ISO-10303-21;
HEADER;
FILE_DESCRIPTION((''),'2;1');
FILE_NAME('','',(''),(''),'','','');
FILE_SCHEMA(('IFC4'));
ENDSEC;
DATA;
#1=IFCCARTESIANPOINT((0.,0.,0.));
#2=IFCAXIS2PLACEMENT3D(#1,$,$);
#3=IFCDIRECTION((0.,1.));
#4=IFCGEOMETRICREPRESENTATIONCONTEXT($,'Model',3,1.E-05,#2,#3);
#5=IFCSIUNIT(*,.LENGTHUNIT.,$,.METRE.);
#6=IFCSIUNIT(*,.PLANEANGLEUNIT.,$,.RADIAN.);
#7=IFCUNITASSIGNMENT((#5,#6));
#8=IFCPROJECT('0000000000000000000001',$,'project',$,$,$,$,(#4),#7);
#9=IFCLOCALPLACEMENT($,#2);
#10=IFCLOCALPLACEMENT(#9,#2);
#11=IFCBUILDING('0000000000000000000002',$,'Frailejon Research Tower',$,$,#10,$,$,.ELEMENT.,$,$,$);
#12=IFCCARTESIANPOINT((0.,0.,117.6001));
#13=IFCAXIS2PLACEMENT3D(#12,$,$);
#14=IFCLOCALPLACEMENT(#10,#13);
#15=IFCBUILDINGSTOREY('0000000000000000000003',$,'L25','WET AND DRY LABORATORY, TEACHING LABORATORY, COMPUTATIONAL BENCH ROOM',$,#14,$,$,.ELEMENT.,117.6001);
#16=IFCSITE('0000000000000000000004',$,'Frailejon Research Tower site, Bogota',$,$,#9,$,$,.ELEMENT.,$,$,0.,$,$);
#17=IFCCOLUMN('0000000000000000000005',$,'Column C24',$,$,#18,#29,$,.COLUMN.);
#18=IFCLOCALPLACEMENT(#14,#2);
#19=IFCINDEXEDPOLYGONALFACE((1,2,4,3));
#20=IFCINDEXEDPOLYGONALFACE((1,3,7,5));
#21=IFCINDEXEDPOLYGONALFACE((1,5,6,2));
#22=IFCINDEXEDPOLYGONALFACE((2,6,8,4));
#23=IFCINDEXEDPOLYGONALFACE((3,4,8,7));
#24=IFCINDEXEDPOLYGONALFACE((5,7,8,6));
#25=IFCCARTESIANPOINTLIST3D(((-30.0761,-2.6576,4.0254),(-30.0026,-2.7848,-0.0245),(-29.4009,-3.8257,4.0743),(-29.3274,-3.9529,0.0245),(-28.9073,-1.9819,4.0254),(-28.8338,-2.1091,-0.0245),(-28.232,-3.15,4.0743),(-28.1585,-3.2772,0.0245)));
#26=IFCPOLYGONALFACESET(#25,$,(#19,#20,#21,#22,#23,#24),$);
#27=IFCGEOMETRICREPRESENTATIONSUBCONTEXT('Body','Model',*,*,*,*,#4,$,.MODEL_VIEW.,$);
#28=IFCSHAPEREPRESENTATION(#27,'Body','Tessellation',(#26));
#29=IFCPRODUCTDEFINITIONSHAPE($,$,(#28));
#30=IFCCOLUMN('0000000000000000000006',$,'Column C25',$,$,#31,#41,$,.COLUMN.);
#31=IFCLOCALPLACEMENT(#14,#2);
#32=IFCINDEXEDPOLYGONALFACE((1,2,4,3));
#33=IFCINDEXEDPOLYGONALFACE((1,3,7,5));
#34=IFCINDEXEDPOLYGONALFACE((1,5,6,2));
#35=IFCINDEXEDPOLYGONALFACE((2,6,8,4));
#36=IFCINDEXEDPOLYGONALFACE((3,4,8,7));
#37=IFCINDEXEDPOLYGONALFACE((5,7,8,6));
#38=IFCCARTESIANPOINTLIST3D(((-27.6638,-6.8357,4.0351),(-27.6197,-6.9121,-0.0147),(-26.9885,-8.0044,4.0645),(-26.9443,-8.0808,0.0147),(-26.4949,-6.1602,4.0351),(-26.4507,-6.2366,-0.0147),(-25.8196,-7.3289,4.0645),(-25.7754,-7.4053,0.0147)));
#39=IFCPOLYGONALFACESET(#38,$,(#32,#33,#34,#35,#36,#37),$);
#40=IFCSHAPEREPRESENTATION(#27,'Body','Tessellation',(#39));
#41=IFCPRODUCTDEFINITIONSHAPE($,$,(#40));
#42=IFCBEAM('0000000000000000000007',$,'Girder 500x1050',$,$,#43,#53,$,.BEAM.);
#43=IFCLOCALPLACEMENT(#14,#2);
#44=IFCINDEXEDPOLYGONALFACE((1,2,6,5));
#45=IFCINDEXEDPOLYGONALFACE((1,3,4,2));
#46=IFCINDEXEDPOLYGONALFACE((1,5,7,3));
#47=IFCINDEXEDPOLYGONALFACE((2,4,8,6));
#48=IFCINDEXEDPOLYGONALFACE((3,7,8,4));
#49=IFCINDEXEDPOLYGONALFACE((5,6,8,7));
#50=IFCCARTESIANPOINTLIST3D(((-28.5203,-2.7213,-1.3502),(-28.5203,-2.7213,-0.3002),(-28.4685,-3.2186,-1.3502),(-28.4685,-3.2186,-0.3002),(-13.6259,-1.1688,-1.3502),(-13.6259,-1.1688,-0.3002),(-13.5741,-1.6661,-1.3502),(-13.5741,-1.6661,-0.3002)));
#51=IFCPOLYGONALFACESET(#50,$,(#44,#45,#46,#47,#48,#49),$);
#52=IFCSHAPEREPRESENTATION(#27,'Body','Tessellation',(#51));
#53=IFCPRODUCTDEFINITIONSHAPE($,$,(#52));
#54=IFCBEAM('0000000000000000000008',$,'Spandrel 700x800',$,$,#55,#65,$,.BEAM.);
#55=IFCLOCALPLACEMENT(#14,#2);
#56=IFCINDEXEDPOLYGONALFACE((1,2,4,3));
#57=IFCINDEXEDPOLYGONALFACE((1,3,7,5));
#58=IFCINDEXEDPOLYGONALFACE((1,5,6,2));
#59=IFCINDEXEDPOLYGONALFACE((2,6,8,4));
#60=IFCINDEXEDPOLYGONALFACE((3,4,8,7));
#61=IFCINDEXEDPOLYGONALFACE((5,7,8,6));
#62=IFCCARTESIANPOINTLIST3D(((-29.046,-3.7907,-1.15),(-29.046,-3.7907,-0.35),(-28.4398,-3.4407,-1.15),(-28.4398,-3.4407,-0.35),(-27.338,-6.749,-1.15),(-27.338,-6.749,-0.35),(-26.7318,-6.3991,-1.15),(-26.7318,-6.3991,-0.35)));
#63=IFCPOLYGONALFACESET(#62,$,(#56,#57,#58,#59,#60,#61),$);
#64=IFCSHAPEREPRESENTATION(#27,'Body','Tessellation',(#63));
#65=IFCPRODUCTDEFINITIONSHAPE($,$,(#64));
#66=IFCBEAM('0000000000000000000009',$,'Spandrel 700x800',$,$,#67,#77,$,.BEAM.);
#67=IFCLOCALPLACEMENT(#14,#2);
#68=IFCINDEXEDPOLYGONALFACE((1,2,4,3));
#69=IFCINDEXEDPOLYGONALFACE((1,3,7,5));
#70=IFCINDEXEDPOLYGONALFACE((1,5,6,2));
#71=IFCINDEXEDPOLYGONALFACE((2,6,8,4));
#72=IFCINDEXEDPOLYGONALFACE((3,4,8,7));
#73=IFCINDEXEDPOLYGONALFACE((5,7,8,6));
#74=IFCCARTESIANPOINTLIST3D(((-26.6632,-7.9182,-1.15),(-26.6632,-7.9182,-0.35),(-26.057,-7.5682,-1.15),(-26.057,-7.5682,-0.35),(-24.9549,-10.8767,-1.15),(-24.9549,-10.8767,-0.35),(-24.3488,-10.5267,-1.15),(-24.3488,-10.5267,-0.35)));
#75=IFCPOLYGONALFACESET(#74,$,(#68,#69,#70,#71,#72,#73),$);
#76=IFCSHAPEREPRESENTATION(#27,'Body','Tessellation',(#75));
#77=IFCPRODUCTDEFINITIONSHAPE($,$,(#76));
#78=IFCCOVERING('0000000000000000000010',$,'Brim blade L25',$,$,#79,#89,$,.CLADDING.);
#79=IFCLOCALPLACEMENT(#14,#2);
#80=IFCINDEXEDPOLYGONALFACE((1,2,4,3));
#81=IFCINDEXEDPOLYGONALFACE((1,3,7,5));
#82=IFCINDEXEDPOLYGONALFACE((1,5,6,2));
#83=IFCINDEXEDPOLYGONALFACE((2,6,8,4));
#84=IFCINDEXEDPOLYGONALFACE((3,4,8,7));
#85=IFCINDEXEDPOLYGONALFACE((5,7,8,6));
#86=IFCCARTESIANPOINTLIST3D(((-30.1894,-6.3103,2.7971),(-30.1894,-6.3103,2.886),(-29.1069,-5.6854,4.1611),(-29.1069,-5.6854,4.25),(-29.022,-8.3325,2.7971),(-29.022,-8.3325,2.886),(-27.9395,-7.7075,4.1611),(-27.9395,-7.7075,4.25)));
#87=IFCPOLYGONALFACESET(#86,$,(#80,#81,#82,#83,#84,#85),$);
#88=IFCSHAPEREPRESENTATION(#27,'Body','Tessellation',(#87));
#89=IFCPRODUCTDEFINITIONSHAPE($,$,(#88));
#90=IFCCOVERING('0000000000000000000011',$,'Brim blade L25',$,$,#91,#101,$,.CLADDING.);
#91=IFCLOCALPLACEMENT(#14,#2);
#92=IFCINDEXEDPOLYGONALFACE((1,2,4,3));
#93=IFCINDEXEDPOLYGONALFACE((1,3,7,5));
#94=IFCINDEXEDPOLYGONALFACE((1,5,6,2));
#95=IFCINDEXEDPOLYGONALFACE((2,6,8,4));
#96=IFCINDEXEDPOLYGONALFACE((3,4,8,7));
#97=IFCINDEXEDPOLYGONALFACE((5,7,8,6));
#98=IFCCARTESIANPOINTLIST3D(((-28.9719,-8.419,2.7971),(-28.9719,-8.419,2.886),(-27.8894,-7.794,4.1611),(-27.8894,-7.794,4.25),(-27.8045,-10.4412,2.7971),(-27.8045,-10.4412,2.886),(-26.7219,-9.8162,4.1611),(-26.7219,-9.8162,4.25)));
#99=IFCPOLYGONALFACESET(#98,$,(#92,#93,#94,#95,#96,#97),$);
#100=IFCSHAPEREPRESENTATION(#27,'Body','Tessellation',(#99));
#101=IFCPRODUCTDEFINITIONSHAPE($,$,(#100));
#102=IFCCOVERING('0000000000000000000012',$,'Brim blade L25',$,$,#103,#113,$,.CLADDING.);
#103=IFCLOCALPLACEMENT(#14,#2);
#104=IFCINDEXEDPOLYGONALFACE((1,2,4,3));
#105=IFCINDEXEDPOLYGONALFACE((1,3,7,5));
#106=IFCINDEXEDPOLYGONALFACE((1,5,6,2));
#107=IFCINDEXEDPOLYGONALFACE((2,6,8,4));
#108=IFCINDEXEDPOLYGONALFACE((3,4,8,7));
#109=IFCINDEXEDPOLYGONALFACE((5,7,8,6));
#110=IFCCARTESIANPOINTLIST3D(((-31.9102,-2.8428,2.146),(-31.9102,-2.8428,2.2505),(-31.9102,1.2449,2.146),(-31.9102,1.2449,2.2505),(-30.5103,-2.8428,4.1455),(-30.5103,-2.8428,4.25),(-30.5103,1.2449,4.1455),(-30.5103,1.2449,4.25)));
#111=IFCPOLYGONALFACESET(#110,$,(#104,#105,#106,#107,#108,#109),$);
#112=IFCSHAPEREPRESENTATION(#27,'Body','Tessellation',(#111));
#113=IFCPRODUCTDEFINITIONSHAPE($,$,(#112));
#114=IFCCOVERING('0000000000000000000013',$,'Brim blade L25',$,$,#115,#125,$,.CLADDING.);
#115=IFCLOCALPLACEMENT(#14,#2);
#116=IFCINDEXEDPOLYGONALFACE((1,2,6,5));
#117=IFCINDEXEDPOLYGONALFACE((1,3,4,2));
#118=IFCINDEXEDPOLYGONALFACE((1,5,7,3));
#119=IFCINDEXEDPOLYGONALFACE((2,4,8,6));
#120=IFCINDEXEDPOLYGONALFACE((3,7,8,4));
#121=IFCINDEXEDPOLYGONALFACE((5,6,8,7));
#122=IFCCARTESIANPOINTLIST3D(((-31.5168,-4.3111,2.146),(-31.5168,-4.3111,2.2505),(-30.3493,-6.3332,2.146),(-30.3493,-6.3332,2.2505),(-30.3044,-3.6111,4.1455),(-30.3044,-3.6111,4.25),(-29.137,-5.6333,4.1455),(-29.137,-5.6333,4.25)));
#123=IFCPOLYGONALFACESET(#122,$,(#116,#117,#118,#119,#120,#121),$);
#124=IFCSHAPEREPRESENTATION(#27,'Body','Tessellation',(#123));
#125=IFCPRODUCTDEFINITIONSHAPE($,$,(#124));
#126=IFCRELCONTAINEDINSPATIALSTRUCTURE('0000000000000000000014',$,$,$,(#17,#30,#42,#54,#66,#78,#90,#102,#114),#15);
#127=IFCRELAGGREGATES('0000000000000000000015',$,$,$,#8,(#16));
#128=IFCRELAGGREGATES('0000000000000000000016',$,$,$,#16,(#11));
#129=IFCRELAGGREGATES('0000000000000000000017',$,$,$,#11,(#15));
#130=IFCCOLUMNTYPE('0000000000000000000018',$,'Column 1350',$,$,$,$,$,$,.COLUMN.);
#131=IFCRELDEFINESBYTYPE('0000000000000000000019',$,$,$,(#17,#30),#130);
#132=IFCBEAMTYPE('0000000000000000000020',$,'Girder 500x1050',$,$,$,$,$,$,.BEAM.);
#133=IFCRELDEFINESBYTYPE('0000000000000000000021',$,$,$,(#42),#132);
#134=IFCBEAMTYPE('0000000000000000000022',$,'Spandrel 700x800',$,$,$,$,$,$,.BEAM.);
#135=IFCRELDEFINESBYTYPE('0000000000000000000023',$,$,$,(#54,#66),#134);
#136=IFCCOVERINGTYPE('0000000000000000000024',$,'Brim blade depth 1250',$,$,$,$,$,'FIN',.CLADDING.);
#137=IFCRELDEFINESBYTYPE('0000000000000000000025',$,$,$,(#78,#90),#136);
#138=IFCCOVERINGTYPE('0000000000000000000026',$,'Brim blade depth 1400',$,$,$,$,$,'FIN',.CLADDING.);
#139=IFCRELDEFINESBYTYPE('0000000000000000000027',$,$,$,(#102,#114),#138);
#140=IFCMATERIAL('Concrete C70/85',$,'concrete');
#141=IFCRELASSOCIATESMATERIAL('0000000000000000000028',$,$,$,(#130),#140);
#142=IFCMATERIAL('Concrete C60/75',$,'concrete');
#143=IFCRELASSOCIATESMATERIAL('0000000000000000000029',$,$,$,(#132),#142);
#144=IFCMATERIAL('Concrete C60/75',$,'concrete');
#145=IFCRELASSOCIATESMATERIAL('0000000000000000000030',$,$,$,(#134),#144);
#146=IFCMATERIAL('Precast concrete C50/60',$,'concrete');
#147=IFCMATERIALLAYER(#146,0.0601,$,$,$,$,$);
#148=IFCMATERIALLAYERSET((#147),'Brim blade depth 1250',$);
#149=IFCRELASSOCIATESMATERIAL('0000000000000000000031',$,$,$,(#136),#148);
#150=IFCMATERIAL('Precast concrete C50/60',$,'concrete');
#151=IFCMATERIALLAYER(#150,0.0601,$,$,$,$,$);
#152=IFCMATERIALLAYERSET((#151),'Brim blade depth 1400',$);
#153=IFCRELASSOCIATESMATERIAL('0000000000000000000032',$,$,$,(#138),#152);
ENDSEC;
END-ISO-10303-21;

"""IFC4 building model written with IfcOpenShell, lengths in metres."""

from ifc_helpers import new_model, si_unit, direction, frame, origin, origin_2d, place, context, subcontext, project, spatial, polyline, rectangle, outline, extrude, material, layer, layer_set, material_profile, profile_set, type_object, element, save


model = new_model("IFC4")

# Units and contexts
model_context = context("Model", 3, precision=1e-05, world=origin(), true_north=direction((0.0, 1.0)))
body_context = subcontext(model_context, "Body", "Model", "MODEL_VIEW")
ifc_project = project(units=[si_unit("LENGTHUNIT", "METRE"), si_unit("PLANEANGLEUNIT", "RADIAN")], contexts=[model_context])

# Site, building, storey
site_placement = place(None, origin())
site = spatial("IfcSite", under=ifc_project, at=site_placement, Name="Frailejon Research Tower site, Bogota", CompositionType="ELEMENT", RefElevation=0.0)
building_placement = place(site_placement, origin())
building = spatial("IfcBuilding", under=site, at=building_placement, Name="Frailejon Research Tower", CompositionType="ELEMENT")
storey_placement = place(building_placement, frame((0.0, 0.0, 117.6001)))
storey = spatial("IfcBuildingStorey", under=building, at=storey_placement, Name="L25", Description="WET AND DRY LABORATORY, TEACHING LABORATORY, COMPUTATIONAL BENCH ROOM", CompositionType="ELEMENT", Elevation=117.6001)

# Columns
ifc_material_1 = material(Name="Concrete C70/85", Category="concrete")
ifc_material_profile_1 = material_profile(ifc_material_1, rectangle(XDim=1.3501, YDim=1.3501, at=origin_2d()), Name="Column 1350")
ifc_profile_set_1 = profile_set([ifc_material_profile_1], Name="Concrete C70/85")
column_type = type_object("IfcColumnType", Name="Column 1350", PredefinedType="COLUMN", material=ifc_profile_set_1)
column_1_placement = place(storey_placement, frame((-29.0806, -3.031, 0.0), z_axis=(-0.018134, 0.031388, 0.999343), x_axis=(0.500145, -0.865183, 0.036249)))
element("IfcColumn", 1, at=column_1_placement, inside=storey, type_object=column_type, Name="Column C24", PredefinedType="COLUMN", context=body_context, shape_type="SweptSolid", body=[
    extrude(rectangle(XDim=1.3501, YDim=1.3501, at=origin_2d()), origin(), (0.0, 0.0, 1.0), 4.0525),
])
column_2_placement = place(storey_placement, frame((-26.6975, -7.1587, 0.0), z_axis=(-0.010909, 0.018865, 0.999763), x_axis=(0.500187, -0.865643, 0.021792)))
element("IfcColumn", 2, at=column_2_placement, inside=storey, type_object=column_type, Name="Column C25", PredefinedType="COLUMN", context=body_context, shape_type="SweptSolid", body=[
    extrude(rectangle(XDim=1.3501, YDim=1.3501, at=origin_2d()), origin(), (0.0, 0.0, 1.0), 4.0508),
])

# Beams
ifc_material_2 = material(Name="Concrete C60/75", Category="concrete")
ifc_material_profile_2 = material_profile(ifc_material_2, rectangle(XDim=0.5, YDim=1.05, at=origin_2d()), Name="Girder 500x1050")
ifc_profile_set_2 = profile_set([ifc_material_profile_2], Name="Concrete C60/75")
beam_type_1 = type_object("IfcBeamType", Name="Girder 500x1050", PredefinedType="BEAM", material=ifc_profile_set_2)
beam_1_placement = place(storey_placement, frame((-28.4944, -2.97, -0.8252), z_axis=(0.994612, 0.103672, 0.0), x_axis=(-0.103672, 0.994612, 0.0)))
element("IfcBeam", 3, at=beam_1_placement, inside=storey, type_object=beam_type_1, Name="Girder 500x1050", PredefinedType="BEAM", context=body_context, shape_type="SweptSolid", body=[
    extrude(rectangle(XDim=0.5, YDim=1.05, at=origin_2d()), origin(), (0.0, 0.0, 1.0), 14.9751),
])
ifc_material_3 = material(Name="Concrete C60/75", Category="concrete")
ifc_material_profile_3 = material_profile(ifc_material_3, rectangle(XDim=0.7, YDim=0.8, at=origin_2d()), Name="Spandrel 700x800")
ifc_profile_set_3 = profile_set([ifc_material_profile_3], Name="Concrete C60/75")
beam_type_2 = type_object("IfcBeamType", Name="Spandrel 700x800", PredefinedType="BEAM", material=ifc_profile_set_3)
beam_2_placement = place(storey_placement, frame((-28.7429, -3.6157, -0.75), z_axis=(0.500013, -0.866018, 0.0), x_axis=(0.866018, 0.500013, 0.0)))
element("IfcBeam", 4, at=beam_2_placement, inside=storey, type_object=beam_type_2, Name="Spandrel 700x800", PredefinedType="BEAM", context=body_context, shape_type="SweptSolid", body=[
    extrude(rectangle(XDim=0.7, YDim=0.8, at=origin_2d()), origin(), (0.0, 0.0, 1.0), 3.416),
])
beam_3_placement = place(storey_placement, frame((-26.3601, -7.7432, -0.75), z_axis=(0.500036, -0.866005, 0.0), x_axis=(0.866005, 0.500036, 0.0)))
element("IfcBeam", 5, at=beam_3_placement, inside=storey, type_object=beam_type_2, Name="Spandrel 700x800", PredefinedType="BEAM", context=body_context, shape_type="SweptSolid", body=[
    extrude(rectangle(XDim=0.7, YDim=0.8, at=origin_2d()), origin(), (0.0, 0.0, 1.0), 3.4163),
])

# Coverings
ifc_material_4 = material(Name="Precast concrete C50/60", Category="concrete")
ifc_layer_1 = layer(ifc_material_4, 0.0601)
ifc_layer_set_1 = layer_set([ifc_layer_1], Name="Brim blade depth 1250")
covering_type_1 = type_object("IfcCoveringType", Name="Brim blade depth 1250", ElementType="FIN", PredefinedType="CLADDING", material=ifc_layer_set_1)
for number, where, z_axis, x_axis, name in (
    (6, (-27.9395, -7.7075, 4.25), (-0.499985, 0.866034, 0.0), (-0.866034, -0.499985, 0.0), "Brim blade L25"),
    (7, (-26.7219, -9.8162, 4.25), (-0.5, 0.866025, 0.0), (-0.866025, -0.5, 0.0), "Brim blade L25"),
):
    element("IfcCovering", number, at=place(storey_placement, frame(where, z_axis=z_axis, x_axis=x_axis)), inside=storey, type_object=covering_type_1, Name=name, PredefinedType="CLADDING", context=body_context, shape_type="SweptSolid", body=[
        extrude(outline(polyline([(0.0, -0.0889), (1.25, -1.4529), (1.25, -1.364), (0.0, 0.0), (0.0, -0.0889)])), origin(), (0.0, 0.0, 1.0), 2.335),
    ])
ifc_material_5 = material(Name="Precast concrete C50/60", Category="concrete")
ifc_layer_2 = layer(ifc_material_5, 0.0601)
ifc_layer_set_2 = layer_set([ifc_layer_2], Name="Brim blade depth 1400")
covering_type_2 = type_object("IfcCoveringType", Name="Brim blade depth 1400", ElementType="FIN", PredefinedType="CLADDING", material=ifc_layer_set_2)
covering_1_placement = place(storey_placement, frame((-30.5103, -2.8428, 4.25), z_axis=(0.0, 1.0, 0.0), x_axis=(-1.0, 0.0, 0.0)))
element("IfcCovering", 8, at=covering_1_placement, inside=storey, type_object=covering_type_2, Name="Brim blade L25", PredefinedType="CLADDING", context=body_context, shape_type="SweptSolid", body=[
    extrude(outline(polyline([(0.0, -0.1045), (1.3999, -2.104), (1.3999, -1.9995), (0.0, 0.0), (0.0, -0.1045)])), origin(), (0.0, 0.0, 1.0), 4.0876),
])
covering_2_placement = place(storey_placement, frame((-29.137, -5.6333, 4.25), z_axis=(-0.499985, 0.866034, 0.0), x_axis=(-0.866034, -0.499985, 0.0)))
element("IfcCovering", 9, at=covering_2_placement, inside=storey, type_object=covering_type_2, Name="Brim blade L25", PredefinedType="CLADDING", context=body_context, shape_type="SweptSolid", body=[
    extrude(outline(polyline([(0.0, -0.1045), (1.3999, -2.104), (1.3999, -1.9995), (0.0, 0.0), (0.0, -0.1045)])), origin(), (0.0, 0.0, 1.0), 2.335),
])

save(model, "model.ifc")
